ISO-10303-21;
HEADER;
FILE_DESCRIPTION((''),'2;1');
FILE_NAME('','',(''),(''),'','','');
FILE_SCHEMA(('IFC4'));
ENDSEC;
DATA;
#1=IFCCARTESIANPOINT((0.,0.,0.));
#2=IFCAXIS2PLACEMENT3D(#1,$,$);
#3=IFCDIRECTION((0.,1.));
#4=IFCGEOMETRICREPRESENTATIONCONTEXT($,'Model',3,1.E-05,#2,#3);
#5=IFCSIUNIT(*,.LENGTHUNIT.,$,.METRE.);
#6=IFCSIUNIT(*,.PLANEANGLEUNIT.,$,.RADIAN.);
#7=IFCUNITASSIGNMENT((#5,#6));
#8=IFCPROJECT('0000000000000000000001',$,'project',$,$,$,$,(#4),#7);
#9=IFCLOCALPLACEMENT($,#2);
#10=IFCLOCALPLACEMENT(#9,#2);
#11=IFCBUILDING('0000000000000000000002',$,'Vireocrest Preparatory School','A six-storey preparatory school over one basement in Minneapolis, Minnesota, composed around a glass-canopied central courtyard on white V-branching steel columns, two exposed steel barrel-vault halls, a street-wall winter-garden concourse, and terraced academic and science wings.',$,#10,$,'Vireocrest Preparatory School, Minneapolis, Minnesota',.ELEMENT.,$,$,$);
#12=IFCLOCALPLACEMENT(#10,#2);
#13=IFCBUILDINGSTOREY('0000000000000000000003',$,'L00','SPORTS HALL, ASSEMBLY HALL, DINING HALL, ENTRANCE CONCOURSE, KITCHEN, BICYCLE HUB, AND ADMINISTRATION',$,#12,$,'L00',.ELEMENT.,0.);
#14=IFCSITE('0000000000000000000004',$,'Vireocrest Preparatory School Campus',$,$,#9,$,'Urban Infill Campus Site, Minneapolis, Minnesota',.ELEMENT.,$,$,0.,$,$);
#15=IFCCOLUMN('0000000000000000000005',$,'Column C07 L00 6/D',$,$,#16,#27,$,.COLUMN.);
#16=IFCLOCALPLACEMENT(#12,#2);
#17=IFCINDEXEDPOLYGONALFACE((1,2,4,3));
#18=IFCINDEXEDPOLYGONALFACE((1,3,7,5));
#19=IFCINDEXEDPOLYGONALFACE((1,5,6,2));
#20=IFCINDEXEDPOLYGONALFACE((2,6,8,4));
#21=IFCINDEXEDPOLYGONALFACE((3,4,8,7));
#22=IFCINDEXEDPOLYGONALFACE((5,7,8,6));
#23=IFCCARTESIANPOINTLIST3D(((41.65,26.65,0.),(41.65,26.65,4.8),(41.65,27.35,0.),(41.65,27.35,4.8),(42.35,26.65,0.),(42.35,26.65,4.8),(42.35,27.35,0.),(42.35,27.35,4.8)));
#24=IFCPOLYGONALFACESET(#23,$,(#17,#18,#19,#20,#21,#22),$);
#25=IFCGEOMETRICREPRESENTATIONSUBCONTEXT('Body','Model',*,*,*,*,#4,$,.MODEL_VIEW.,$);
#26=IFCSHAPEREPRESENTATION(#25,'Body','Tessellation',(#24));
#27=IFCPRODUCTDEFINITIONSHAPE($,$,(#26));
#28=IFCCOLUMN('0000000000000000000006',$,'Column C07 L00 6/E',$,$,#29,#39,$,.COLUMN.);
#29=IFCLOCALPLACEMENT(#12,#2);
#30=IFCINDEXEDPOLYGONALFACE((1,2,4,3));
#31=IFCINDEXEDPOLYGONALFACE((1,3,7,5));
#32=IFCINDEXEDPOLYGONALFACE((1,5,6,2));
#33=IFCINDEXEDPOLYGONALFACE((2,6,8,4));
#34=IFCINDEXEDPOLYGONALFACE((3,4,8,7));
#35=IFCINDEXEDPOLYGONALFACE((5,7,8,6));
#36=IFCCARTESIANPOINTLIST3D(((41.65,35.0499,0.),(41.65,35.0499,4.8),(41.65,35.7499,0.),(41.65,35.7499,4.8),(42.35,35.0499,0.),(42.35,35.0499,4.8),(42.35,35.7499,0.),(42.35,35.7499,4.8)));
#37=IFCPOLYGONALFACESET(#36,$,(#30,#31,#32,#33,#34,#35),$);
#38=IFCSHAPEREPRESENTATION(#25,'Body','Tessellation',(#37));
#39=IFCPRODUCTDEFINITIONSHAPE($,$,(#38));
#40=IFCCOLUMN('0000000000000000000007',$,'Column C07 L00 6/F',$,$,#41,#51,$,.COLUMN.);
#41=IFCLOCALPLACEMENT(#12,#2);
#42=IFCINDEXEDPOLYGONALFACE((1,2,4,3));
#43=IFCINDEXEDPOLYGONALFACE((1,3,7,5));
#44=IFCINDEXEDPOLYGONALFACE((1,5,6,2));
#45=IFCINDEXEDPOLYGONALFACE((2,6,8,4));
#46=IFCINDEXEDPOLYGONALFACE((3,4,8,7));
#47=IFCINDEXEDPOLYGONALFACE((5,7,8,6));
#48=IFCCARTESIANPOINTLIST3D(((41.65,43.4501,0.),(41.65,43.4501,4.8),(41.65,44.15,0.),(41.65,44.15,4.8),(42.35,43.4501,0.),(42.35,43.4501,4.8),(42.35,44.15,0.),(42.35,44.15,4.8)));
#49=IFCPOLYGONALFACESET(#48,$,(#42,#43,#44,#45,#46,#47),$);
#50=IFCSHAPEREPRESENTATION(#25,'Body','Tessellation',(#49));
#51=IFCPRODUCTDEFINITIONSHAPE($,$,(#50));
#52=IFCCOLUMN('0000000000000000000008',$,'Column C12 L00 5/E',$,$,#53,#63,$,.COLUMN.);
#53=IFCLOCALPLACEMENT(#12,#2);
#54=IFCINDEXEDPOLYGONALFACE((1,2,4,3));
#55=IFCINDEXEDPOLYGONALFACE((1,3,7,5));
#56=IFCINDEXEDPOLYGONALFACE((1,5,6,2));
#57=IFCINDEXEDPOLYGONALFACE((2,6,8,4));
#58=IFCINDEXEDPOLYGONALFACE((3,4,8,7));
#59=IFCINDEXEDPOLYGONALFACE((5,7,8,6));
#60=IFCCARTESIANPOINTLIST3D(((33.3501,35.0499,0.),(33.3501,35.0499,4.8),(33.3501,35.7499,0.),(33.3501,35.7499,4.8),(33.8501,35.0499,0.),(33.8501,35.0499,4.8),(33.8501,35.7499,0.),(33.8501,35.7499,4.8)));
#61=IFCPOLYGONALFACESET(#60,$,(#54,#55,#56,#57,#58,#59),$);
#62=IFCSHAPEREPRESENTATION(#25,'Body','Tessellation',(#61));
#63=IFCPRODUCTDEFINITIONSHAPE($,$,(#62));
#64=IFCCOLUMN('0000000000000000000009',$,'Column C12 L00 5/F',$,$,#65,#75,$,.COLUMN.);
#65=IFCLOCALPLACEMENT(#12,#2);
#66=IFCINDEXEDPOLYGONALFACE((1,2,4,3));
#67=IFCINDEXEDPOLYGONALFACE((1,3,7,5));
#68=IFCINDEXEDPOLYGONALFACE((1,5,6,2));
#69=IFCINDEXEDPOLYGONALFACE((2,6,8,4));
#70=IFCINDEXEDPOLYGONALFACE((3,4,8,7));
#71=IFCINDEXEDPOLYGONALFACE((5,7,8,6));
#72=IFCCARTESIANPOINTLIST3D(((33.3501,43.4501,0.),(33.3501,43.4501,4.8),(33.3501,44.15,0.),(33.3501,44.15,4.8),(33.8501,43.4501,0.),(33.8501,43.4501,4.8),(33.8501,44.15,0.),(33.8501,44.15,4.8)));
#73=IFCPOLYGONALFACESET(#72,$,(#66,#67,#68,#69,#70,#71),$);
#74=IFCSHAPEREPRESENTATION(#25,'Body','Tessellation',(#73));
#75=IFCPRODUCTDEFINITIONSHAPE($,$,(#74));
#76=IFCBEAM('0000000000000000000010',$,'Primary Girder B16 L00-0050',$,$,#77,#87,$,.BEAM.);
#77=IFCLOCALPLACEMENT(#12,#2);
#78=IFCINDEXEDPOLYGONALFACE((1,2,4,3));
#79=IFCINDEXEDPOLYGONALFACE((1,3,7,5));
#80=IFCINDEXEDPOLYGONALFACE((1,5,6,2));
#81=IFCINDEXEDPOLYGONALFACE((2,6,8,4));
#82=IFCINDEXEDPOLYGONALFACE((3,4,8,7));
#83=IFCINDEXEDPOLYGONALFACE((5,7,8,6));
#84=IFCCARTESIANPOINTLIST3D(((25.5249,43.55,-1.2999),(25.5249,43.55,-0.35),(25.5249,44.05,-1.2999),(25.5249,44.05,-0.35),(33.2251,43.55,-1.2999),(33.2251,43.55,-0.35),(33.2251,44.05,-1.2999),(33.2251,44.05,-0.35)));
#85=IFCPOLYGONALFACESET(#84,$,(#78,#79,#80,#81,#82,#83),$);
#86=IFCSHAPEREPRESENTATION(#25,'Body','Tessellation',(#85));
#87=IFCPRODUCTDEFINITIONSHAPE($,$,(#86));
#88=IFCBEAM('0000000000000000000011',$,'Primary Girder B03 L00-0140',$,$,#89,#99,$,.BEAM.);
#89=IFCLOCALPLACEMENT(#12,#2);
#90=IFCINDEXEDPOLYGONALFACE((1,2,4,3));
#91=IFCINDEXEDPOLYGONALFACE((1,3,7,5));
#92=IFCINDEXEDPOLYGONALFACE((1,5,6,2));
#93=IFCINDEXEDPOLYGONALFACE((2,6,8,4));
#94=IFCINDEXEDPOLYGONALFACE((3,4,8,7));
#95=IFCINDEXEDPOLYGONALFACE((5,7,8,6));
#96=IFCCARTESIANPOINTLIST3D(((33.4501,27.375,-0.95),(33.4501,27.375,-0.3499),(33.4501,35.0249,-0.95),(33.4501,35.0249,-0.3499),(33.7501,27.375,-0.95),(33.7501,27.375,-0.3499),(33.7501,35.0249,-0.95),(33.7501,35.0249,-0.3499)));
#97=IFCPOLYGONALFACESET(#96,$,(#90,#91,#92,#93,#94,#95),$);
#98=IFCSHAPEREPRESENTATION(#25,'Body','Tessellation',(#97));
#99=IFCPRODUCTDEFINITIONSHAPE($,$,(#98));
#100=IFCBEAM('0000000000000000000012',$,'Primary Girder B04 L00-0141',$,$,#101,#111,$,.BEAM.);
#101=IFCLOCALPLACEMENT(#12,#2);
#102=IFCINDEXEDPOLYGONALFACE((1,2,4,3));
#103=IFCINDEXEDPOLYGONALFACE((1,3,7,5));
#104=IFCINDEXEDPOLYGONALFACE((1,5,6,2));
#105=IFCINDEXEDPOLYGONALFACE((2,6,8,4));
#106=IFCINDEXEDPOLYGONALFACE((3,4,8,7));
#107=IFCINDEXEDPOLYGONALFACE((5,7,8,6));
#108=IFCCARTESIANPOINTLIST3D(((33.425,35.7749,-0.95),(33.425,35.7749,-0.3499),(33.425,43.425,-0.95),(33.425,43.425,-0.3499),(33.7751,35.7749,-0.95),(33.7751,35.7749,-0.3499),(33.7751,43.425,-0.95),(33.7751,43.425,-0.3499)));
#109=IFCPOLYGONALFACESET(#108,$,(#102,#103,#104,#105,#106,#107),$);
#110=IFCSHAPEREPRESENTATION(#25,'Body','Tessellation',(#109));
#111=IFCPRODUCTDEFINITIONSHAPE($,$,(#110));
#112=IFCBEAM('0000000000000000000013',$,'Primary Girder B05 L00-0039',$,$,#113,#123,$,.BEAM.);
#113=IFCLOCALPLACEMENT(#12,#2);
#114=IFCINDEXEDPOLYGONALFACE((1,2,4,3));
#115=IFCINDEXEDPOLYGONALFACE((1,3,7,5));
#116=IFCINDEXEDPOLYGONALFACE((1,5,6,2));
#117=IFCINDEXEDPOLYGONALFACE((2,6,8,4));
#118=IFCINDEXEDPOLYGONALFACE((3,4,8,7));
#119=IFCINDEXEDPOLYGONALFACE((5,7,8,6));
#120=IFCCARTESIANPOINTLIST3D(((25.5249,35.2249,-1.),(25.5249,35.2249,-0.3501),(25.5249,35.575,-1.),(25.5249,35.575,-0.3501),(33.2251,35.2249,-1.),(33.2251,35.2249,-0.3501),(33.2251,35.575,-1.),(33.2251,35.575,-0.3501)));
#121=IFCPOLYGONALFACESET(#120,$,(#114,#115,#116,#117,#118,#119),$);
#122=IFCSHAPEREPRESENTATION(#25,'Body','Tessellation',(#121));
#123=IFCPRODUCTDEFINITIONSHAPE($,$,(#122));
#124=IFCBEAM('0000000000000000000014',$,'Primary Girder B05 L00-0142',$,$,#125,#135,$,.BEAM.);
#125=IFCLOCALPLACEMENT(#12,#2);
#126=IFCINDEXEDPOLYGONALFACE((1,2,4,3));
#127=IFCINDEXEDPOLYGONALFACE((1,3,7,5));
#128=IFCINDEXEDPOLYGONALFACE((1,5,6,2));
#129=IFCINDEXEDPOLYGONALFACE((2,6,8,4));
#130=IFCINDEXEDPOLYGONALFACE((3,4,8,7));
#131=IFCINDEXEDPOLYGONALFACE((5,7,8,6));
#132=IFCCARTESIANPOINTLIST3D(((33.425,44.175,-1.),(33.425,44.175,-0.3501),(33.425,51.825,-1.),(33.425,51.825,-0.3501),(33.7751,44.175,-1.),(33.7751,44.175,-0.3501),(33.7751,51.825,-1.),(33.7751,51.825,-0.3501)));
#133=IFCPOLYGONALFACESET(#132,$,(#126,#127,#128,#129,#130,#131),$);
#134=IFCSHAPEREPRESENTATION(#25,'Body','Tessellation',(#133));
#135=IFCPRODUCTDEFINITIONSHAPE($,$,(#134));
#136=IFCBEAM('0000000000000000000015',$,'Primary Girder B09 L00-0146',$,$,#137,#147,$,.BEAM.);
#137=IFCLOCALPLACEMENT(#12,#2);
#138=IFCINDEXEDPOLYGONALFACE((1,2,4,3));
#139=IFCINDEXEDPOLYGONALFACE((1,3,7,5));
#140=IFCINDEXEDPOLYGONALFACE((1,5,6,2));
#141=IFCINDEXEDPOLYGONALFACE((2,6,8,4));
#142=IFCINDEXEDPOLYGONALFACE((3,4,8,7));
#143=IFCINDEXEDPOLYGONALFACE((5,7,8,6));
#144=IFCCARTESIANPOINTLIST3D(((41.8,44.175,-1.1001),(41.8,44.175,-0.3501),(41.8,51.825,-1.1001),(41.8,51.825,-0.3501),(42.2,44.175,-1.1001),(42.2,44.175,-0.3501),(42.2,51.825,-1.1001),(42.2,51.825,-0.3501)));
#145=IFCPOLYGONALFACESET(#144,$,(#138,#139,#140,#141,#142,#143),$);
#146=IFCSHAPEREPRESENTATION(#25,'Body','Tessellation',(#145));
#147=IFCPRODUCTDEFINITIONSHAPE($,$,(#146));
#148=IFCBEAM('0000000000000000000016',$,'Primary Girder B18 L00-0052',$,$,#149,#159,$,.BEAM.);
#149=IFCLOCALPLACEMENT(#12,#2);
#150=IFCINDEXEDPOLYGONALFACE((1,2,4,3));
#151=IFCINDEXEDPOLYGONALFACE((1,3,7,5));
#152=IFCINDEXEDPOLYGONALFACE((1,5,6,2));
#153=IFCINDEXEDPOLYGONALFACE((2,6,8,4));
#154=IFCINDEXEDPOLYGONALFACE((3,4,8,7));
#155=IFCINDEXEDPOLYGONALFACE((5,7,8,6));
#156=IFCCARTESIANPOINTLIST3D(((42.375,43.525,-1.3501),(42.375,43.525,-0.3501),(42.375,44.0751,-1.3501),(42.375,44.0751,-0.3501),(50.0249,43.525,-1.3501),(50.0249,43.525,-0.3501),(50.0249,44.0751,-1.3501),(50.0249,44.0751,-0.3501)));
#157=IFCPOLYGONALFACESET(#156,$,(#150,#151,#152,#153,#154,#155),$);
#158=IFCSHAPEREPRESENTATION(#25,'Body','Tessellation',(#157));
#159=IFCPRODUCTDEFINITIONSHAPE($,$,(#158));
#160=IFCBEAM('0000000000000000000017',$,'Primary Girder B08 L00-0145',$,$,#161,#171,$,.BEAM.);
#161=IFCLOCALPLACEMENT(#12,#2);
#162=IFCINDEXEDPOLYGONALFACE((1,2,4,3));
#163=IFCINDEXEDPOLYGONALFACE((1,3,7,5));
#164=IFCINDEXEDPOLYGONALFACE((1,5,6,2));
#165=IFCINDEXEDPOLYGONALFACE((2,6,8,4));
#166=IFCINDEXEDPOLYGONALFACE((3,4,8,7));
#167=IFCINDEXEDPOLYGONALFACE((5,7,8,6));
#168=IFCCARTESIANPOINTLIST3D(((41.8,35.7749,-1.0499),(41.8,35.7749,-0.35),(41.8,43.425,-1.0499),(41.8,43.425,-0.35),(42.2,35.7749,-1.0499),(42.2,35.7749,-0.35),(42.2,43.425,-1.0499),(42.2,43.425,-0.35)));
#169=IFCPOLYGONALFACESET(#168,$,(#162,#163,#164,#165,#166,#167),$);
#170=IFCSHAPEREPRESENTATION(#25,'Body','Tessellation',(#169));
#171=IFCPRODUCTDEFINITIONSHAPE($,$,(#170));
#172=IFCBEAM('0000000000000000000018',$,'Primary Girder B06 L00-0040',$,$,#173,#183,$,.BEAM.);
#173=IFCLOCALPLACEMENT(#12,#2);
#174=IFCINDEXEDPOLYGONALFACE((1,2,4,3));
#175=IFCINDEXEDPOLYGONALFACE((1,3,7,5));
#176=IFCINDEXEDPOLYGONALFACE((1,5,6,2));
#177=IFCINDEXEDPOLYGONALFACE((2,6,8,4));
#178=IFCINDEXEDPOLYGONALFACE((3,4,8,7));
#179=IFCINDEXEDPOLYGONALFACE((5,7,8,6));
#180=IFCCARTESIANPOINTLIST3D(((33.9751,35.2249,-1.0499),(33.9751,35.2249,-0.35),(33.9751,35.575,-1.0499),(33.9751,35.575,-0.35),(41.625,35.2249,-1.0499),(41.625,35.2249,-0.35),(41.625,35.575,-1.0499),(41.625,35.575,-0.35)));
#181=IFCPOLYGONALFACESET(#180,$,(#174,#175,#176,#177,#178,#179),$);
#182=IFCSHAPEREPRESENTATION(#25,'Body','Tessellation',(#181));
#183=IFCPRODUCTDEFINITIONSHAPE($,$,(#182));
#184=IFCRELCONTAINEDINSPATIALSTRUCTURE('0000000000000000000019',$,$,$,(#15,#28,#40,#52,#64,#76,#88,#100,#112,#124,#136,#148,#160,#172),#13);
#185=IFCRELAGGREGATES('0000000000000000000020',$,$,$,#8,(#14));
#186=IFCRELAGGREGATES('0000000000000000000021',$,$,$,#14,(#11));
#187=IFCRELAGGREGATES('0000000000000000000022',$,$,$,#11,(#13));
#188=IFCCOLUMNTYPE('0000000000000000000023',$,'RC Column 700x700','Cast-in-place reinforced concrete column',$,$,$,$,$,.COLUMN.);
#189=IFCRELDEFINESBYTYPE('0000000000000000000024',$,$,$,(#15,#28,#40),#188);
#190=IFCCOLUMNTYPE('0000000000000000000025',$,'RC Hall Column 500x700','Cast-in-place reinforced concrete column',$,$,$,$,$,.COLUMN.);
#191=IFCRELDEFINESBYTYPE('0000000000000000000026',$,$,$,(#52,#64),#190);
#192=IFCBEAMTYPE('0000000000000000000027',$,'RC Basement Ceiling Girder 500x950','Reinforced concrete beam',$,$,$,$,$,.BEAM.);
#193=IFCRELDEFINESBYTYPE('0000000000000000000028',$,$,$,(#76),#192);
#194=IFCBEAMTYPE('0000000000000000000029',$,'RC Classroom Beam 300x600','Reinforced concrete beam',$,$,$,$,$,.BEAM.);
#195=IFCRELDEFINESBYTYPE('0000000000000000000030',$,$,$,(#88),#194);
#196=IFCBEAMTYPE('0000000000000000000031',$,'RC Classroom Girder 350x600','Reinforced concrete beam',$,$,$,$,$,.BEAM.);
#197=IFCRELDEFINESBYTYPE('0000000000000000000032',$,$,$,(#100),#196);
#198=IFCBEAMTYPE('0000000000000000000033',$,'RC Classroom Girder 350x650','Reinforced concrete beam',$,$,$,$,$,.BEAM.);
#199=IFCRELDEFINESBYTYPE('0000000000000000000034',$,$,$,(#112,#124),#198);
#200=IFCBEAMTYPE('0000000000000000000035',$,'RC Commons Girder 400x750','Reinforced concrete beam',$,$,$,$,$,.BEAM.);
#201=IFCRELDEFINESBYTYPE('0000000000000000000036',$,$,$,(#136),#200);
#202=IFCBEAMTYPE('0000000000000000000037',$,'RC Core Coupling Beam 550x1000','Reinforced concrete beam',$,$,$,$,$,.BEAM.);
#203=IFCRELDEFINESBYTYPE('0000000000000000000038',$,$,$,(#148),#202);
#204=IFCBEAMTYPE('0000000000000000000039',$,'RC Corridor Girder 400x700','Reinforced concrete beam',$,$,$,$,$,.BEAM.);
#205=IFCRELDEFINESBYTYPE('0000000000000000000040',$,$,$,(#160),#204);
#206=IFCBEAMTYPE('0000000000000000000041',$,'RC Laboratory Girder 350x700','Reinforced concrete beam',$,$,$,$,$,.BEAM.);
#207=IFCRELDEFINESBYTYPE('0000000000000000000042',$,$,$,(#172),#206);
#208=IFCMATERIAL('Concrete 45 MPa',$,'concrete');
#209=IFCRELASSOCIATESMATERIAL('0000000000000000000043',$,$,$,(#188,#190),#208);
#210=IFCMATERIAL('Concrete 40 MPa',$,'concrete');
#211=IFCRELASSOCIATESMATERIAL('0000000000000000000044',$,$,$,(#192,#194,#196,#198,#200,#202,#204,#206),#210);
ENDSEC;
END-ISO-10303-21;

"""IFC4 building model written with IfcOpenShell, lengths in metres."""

from ifc_helpers import new_model, si_unit, direction, frame, origin, origin_2d, place, context, subcontext, project, spatial, rectangle, extrude, material, material_profile, profile_set, type_object, element, save


model = new_model("IFC4")

# Units and contexts
model_context = context("Model", 3, precision=1e-05, world=origin(), true_north=direction((0.0, 1.0)))
body_context = subcontext(model_context, "Body", "Model", "MODEL_VIEW")
ifc_project = project(units=[si_unit("LENGTHUNIT", "METRE"), si_unit("PLANEANGLEUNIT", "RADIAN")], contexts=[model_context])

# Site, building, storey
site_placement = place(None, origin())
site = spatial("IfcSite", under=ifc_project, at=site_placement, Name="Vireocrest Preparatory School Campus", LongName="Urban Infill Campus Site, Minneapolis, Minnesota", CompositionType="ELEMENT", RefElevation=0.0)
building_placement = place(site_placement, origin())
building = spatial("IfcBuilding", under=site, at=building_placement, Name="Vireocrest Preparatory School", Description="A six-storey preparatory school over one basement in Minneapolis, Minnesota, composed around a glass-canopied central courtyard on white V-branching steel columns, two exposed steel barrel-vault halls, a street-wall winter-garden concourse, and terraced academic and science wings.", LongName="Vireocrest Preparatory School, Minneapolis, Minnesota", CompositionType="ELEMENT")
storey_placement = place(building_placement, origin())
storey = spatial("IfcBuildingStorey", under=building, at=storey_placement, Name="L00", Description="SPORTS HALL, ASSEMBLY HALL, DINING HALL, ENTRANCE CONCOURSE, KITCHEN, BICYCLE HUB, AND ADMINISTRATION", LongName="L00", CompositionType="ELEMENT", Elevation=0.0)

# Columns
ifc_material_1 = material(Name="Concrete 45 MPa", Category="concrete")
ifc_material_profile_1 = material_profile(ifc_material_1, rectangle(XDim=0.7, YDim=0.7, at=origin_2d()), Name="RC 700x700")
ifc_profile_set_1 = profile_set([ifc_material_profile_1], Name="Concrete 45 MPa")
column_type_1 = type_object("IfcColumnType", Name="RC Column 700x700", Description="Cast-in-place reinforced concrete column", PredefinedType="COLUMN", material=ifc_profile_set_1)
for number, where, z_axis, x_axis, name in (
    (1, (42.0, 27.0, 0.0), (0.0, 0.0, 1.0), (1.0, 0.0, 0.0), "Column C07 L00 6/D"),
    (2, (42.0, 35.3999, 0.0), (0.0, 0.0, 1.0), (1.0, 0.0, 0.0), "Column C07 L00 6/E"),
    (3, (42.0, 43.8, 0.0), (0.0, 0.0, 1.0), (1.0, 0.0, 0.0), "Column C07 L00 6/F"),
):
    element("IfcColumn", number, at=place(storey_placement, frame(where, z_axis=z_axis, x_axis=x_axis)), inside=storey, type_object=column_type_1, Name=name, PredefinedType="COLUMN", context=body_context, shape_type="SweptSolid", body=[
        extrude(rectangle(XDim=0.7, YDim=0.7, at=origin_2d()), origin(), (0.0, 0.0, 1.0), 4.8),
    ])
ifc_material_profile_2 = material_profile(ifc_material_1, rectangle(XDim=0.5, YDim=0.7, at=origin_2d()), Name="RC 500x700")
ifc_profile_set_2 = profile_set([ifc_material_profile_2], Name="Concrete 45 MPa")
column_type_2 = type_object("IfcColumnType", Name="RC Hall Column 500x700", Description="Cast-in-place reinforced concrete column", PredefinedType="COLUMN", material=ifc_profile_set_2)
for number, where, z_axis, x_axis, name in (
    (4, (33.6001, 35.3999, 0.0), (0.0, 0.0, 1.0), (1.0, 0.0, 0.0), "Column C12 L00 5/E"),
    (5, (33.6001, 43.8, 0.0), (0.0, 0.0, 1.0), (1.0, 0.0, 0.0), "Column C12 L00 5/F"),
):
    element("IfcColumn", number, at=place(storey_placement, frame(where, z_axis=z_axis, x_axis=x_axis)), inside=storey, type_object=column_type_2, Name=name, PredefinedType="COLUMN", context=body_context, shape_type="SweptSolid", body=[
        extrude(rectangle(XDim=0.5, YDim=0.7, at=origin_2d()), origin(), (0.0, 0.0, 1.0), 4.8),
    ])

# Beams
ifc_material_2 = material(Name="Concrete 40 MPa", Category="concrete")
ifc_material_profile_3 = material_profile(ifc_material_2, rectangle(XDim=0.5, YDim=0.95, at=origin_2d()), Name="RC 500x950")
ifc_profile_set_3 = profile_set([ifc_material_profile_3], Name="Concrete 40 MPa")
beam_type_1 = type_object("IfcBeamType", Name="RC Basement Ceiling Girder 500x950", Description="Reinforced concrete beam", PredefinedType="BEAM", material=ifc_profile_set_3)
beam_1_placement = place(storey_placement, frame((25.5249, 43.8, -0.825), z_axis=(1.0, 0.0, 0.0), x_axis=(0.0, 1.0, 0.0)))
element("IfcBeam", 6, at=beam_1_placement, inside=storey, type_object=beam_type_1, Name="Primary Girder B16 L00-0050", PredefinedType="BEAM", context=body_context, shape_type="SweptSolid", body=[
    extrude(rectangle(XDim=0.5, YDim=0.95, at=origin_2d()), origin(), (0.0, 0.0, 1.0), 7.7002),
])
ifc_material_profile_4 = material_profile(ifc_material_2, rectangle(XDim=0.3, YDim=0.6001, at=origin_2d()), Name="RC 300x600")
ifc_profile_set_4 = profile_set([ifc_material_profile_4], Name="Concrete 40 MPa")
beam_type_2 = type_object("IfcBeamType", Name="RC Classroom Beam 300x600", Description="Reinforced concrete beam", PredefinedType="BEAM", material=ifc_profile_set_4)
beam_2_placement = place(storey_placement, frame((33.6001, 27.375, -0.6499), z_axis=(0.0, 1.0, 0.0), x_axis=(-1.0, 0.0, 0.0)))
element("IfcBeam", 7, at=beam_2_placement, inside=storey, type_object=beam_type_2, Name="Primary Girder B03 L00-0140", PredefinedType="BEAM", context=body_context, shape_type="SweptSolid", body=[
    extrude(rectangle(XDim=0.3, YDim=0.6001, at=origin_2d()), origin(), (0.0, 0.0, 1.0), 7.6499),
])
ifc_material_profile_5 = material_profile(ifc_material_2, rectangle(XDim=0.3501, YDim=0.6001, at=origin_2d()), Name="RC 350x600")
ifc_profile_set_5 = profile_set([ifc_material_profile_5], Name="Concrete 40 MPa")
beam_type_3 = type_object("IfcBeamType", Name="RC Classroom Girder 350x600", Description="Reinforced concrete beam", PredefinedType="BEAM", material=ifc_profile_set_5)
beam_3_placement = place(storey_placement, frame((33.6001, 35.7749, -0.6499), z_axis=(0.0, 1.0, 0.0), x_axis=(-1.0, 0.0, 0.0)))
element("IfcBeam", 8, at=beam_3_placement, inside=storey, type_object=beam_type_3, Name="Primary Girder B04 L00-0141", PredefinedType="BEAM", context=body_context, shape_type="SweptSolid", body=[
    extrude(rectangle(XDim=0.3501, YDim=0.6001, at=origin_2d()), origin(), (0.0, 0.0, 1.0), 7.6501),
])
ifc_material_profile_6 = material_profile(ifc_material_2, rectangle(XDim=0.3501, YDim=0.6499, at=origin_2d()), Name="RC 350x650")
ifc_profile_set_6 = profile_set([ifc_material_profile_6], Name="Concrete 40 MPa")
beam_type_4 = type_object("IfcBeamType", Name="RC Classroom Girder 350x650", Description="Reinforced concrete beam", PredefinedType="BEAM", material=ifc_profile_set_6)
beam_4_placement = place(storey_placement, frame((25.5249, 35.3999, -0.675), z_axis=(1.0, 0.0, 0.0), x_axis=(0.0, 1.0, 0.0)))
element("IfcBeam", 9, at=beam_4_placement, inside=storey, type_object=beam_type_4, Name="Primary Girder B05 L00-0039", PredefinedType="BEAM", context=body_context, shape_type="SweptSolid", body=[
    extrude(rectangle(XDim=0.3501, YDim=0.6499, at=origin_2d()), origin(), (0.0, 0.0, 1.0), 7.7002),
])
beam_5_placement = place(storey_placement, frame((33.6001, 44.175, -0.675), z_axis=(0.0, 1.0, 0.0), x_axis=(-1.0, 0.0, 0.0)))
element("IfcBeam", 10, at=beam_5_placement, inside=storey, type_object=beam_type_4, Name="Primary Girder B05 L00-0142", PredefinedType="BEAM", context=body_context, shape_type="SweptSolid", body=[
    extrude(rectangle(XDim=0.3501, YDim=0.6499, at=origin_2d()), origin(), (0.0, 0.0, 1.0), 7.6499),
])
ifc_material_profile_7 = material_profile(ifc_material_2, rectangle(XDim=0.3999, YDim=0.75, at=origin_2d()), Name="RC 400x750")
ifc_profile_set_7 = profile_set([ifc_material_profile_7], Name="Concrete 40 MPa")
beam_type_5 = type_object("IfcBeamType", Name="RC Commons Girder 400x750", Description="Reinforced concrete beam", PredefinedType="BEAM", material=ifc_profile_set_7)
beam_6_placement = place(storey_placement, frame((42.0, 44.175, -0.7251), z_axis=(0.0, 1.0, 0.0), x_axis=(-1.0, 0.0, 0.0)))
element("IfcBeam", 11, at=beam_6_placement, inside=storey, type_object=beam_type_5, Name="Primary Girder B09 L00-0146", PredefinedType="BEAM", context=body_context, shape_type="SweptSolid", body=[
    extrude(rectangle(XDim=0.3999, YDim=0.75, at=origin_2d()), origin(), (0.0, 0.0, 1.0), 7.6499),
])
ifc_material_profile_8 = material_profile(ifc_material_2, rectangle(XDim=0.55, YDim=1.0, at=origin_2d()), Name="RC 550x1000")
ifc_profile_set_8 = profile_set([ifc_material_profile_8], Name="Concrete 40 MPa")
beam_type_6 = type_object("IfcBeamType", Name="RC Core Coupling Beam 550x1000", Description="Reinforced concrete beam", PredefinedType="BEAM", material=ifc_profile_set_8)
beam_7_placement = place(storey_placement, frame((42.375, 43.8, -0.8501), z_axis=(1.0, 0.0, 0.0), x_axis=(0.0, 1.0, 0.0)))
element("IfcBeam", 12, at=beam_7_placement, inside=storey, type_object=beam_type_6, Name="Primary Girder B18 L00-0052", PredefinedType="BEAM", context=body_context, shape_type="SweptSolid", body=[
    extrude(rectangle(XDim=0.55, YDim=1.0, at=origin_2d()), origin(), (0.0, 0.0, 1.0), 7.6499),
])
ifc_material_profile_9 = material_profile(ifc_material_2, rectangle(XDim=0.3999, YDim=0.7, at=origin_2d()), Name="RC 400x700")
ifc_profile_set_9 = profile_set([ifc_material_profile_9], Name="Concrete 40 MPa")
beam_type_7 = type_object("IfcBeamType", Name="RC Corridor Girder 400x700", Description="Reinforced concrete beam", PredefinedType="BEAM", material=ifc_profile_set_9)
beam_8_placement = place(storey_placement, frame((42.0, 35.7749, -0.7), z_axis=(0.0, 1.0, 0.0), x_axis=(-1.0, 0.0, 0.0)))
element("IfcBeam", 13, at=beam_8_placement, inside=storey, type_object=beam_type_7, Name="Primary Girder B08 L00-0145", PredefinedType="BEAM", context=body_context, shape_type="SweptSolid", body=[
    extrude(rectangle(XDim=0.3999, YDim=0.7, at=origin_2d()), origin(), (0.0, 0.0, 1.0), 7.6501),
])
ifc_material_profile_10 = material_profile(ifc_material_2, rectangle(XDim=0.3501, YDim=0.7, at=origin_2d()), Name="RC 350x700")
ifc_profile_set_10 = profile_set([ifc_material_profile_10], Name="Concrete 40 MPa")
beam_type_8 = type_object("IfcBeamType", Name="RC Laboratory Girder 350x700", Description="Reinforced concrete beam", PredefinedType="BEAM", material=ifc_profile_set_10)
beam_9_placement = place(storey_placement, frame((33.9751, 35.3999, -0.7), z_axis=(1.0, 0.0, 0.0), x_axis=(0.0, 1.0, 0.0)))
element("IfcBeam", 14, at=beam_9_placement, inside=storey, type_object=beam_type_8, Name="Primary Girder B06 L00-0040", PredefinedType="BEAM", context=body_context, shape_type="SweptSolid", body=[
    extrude(rectangle(XDim=0.3501, YDim=0.7, at=origin_2d()), origin(), (0.0, 0.0, 1.0), 7.6499),
])

save(model, "model.ifc")
